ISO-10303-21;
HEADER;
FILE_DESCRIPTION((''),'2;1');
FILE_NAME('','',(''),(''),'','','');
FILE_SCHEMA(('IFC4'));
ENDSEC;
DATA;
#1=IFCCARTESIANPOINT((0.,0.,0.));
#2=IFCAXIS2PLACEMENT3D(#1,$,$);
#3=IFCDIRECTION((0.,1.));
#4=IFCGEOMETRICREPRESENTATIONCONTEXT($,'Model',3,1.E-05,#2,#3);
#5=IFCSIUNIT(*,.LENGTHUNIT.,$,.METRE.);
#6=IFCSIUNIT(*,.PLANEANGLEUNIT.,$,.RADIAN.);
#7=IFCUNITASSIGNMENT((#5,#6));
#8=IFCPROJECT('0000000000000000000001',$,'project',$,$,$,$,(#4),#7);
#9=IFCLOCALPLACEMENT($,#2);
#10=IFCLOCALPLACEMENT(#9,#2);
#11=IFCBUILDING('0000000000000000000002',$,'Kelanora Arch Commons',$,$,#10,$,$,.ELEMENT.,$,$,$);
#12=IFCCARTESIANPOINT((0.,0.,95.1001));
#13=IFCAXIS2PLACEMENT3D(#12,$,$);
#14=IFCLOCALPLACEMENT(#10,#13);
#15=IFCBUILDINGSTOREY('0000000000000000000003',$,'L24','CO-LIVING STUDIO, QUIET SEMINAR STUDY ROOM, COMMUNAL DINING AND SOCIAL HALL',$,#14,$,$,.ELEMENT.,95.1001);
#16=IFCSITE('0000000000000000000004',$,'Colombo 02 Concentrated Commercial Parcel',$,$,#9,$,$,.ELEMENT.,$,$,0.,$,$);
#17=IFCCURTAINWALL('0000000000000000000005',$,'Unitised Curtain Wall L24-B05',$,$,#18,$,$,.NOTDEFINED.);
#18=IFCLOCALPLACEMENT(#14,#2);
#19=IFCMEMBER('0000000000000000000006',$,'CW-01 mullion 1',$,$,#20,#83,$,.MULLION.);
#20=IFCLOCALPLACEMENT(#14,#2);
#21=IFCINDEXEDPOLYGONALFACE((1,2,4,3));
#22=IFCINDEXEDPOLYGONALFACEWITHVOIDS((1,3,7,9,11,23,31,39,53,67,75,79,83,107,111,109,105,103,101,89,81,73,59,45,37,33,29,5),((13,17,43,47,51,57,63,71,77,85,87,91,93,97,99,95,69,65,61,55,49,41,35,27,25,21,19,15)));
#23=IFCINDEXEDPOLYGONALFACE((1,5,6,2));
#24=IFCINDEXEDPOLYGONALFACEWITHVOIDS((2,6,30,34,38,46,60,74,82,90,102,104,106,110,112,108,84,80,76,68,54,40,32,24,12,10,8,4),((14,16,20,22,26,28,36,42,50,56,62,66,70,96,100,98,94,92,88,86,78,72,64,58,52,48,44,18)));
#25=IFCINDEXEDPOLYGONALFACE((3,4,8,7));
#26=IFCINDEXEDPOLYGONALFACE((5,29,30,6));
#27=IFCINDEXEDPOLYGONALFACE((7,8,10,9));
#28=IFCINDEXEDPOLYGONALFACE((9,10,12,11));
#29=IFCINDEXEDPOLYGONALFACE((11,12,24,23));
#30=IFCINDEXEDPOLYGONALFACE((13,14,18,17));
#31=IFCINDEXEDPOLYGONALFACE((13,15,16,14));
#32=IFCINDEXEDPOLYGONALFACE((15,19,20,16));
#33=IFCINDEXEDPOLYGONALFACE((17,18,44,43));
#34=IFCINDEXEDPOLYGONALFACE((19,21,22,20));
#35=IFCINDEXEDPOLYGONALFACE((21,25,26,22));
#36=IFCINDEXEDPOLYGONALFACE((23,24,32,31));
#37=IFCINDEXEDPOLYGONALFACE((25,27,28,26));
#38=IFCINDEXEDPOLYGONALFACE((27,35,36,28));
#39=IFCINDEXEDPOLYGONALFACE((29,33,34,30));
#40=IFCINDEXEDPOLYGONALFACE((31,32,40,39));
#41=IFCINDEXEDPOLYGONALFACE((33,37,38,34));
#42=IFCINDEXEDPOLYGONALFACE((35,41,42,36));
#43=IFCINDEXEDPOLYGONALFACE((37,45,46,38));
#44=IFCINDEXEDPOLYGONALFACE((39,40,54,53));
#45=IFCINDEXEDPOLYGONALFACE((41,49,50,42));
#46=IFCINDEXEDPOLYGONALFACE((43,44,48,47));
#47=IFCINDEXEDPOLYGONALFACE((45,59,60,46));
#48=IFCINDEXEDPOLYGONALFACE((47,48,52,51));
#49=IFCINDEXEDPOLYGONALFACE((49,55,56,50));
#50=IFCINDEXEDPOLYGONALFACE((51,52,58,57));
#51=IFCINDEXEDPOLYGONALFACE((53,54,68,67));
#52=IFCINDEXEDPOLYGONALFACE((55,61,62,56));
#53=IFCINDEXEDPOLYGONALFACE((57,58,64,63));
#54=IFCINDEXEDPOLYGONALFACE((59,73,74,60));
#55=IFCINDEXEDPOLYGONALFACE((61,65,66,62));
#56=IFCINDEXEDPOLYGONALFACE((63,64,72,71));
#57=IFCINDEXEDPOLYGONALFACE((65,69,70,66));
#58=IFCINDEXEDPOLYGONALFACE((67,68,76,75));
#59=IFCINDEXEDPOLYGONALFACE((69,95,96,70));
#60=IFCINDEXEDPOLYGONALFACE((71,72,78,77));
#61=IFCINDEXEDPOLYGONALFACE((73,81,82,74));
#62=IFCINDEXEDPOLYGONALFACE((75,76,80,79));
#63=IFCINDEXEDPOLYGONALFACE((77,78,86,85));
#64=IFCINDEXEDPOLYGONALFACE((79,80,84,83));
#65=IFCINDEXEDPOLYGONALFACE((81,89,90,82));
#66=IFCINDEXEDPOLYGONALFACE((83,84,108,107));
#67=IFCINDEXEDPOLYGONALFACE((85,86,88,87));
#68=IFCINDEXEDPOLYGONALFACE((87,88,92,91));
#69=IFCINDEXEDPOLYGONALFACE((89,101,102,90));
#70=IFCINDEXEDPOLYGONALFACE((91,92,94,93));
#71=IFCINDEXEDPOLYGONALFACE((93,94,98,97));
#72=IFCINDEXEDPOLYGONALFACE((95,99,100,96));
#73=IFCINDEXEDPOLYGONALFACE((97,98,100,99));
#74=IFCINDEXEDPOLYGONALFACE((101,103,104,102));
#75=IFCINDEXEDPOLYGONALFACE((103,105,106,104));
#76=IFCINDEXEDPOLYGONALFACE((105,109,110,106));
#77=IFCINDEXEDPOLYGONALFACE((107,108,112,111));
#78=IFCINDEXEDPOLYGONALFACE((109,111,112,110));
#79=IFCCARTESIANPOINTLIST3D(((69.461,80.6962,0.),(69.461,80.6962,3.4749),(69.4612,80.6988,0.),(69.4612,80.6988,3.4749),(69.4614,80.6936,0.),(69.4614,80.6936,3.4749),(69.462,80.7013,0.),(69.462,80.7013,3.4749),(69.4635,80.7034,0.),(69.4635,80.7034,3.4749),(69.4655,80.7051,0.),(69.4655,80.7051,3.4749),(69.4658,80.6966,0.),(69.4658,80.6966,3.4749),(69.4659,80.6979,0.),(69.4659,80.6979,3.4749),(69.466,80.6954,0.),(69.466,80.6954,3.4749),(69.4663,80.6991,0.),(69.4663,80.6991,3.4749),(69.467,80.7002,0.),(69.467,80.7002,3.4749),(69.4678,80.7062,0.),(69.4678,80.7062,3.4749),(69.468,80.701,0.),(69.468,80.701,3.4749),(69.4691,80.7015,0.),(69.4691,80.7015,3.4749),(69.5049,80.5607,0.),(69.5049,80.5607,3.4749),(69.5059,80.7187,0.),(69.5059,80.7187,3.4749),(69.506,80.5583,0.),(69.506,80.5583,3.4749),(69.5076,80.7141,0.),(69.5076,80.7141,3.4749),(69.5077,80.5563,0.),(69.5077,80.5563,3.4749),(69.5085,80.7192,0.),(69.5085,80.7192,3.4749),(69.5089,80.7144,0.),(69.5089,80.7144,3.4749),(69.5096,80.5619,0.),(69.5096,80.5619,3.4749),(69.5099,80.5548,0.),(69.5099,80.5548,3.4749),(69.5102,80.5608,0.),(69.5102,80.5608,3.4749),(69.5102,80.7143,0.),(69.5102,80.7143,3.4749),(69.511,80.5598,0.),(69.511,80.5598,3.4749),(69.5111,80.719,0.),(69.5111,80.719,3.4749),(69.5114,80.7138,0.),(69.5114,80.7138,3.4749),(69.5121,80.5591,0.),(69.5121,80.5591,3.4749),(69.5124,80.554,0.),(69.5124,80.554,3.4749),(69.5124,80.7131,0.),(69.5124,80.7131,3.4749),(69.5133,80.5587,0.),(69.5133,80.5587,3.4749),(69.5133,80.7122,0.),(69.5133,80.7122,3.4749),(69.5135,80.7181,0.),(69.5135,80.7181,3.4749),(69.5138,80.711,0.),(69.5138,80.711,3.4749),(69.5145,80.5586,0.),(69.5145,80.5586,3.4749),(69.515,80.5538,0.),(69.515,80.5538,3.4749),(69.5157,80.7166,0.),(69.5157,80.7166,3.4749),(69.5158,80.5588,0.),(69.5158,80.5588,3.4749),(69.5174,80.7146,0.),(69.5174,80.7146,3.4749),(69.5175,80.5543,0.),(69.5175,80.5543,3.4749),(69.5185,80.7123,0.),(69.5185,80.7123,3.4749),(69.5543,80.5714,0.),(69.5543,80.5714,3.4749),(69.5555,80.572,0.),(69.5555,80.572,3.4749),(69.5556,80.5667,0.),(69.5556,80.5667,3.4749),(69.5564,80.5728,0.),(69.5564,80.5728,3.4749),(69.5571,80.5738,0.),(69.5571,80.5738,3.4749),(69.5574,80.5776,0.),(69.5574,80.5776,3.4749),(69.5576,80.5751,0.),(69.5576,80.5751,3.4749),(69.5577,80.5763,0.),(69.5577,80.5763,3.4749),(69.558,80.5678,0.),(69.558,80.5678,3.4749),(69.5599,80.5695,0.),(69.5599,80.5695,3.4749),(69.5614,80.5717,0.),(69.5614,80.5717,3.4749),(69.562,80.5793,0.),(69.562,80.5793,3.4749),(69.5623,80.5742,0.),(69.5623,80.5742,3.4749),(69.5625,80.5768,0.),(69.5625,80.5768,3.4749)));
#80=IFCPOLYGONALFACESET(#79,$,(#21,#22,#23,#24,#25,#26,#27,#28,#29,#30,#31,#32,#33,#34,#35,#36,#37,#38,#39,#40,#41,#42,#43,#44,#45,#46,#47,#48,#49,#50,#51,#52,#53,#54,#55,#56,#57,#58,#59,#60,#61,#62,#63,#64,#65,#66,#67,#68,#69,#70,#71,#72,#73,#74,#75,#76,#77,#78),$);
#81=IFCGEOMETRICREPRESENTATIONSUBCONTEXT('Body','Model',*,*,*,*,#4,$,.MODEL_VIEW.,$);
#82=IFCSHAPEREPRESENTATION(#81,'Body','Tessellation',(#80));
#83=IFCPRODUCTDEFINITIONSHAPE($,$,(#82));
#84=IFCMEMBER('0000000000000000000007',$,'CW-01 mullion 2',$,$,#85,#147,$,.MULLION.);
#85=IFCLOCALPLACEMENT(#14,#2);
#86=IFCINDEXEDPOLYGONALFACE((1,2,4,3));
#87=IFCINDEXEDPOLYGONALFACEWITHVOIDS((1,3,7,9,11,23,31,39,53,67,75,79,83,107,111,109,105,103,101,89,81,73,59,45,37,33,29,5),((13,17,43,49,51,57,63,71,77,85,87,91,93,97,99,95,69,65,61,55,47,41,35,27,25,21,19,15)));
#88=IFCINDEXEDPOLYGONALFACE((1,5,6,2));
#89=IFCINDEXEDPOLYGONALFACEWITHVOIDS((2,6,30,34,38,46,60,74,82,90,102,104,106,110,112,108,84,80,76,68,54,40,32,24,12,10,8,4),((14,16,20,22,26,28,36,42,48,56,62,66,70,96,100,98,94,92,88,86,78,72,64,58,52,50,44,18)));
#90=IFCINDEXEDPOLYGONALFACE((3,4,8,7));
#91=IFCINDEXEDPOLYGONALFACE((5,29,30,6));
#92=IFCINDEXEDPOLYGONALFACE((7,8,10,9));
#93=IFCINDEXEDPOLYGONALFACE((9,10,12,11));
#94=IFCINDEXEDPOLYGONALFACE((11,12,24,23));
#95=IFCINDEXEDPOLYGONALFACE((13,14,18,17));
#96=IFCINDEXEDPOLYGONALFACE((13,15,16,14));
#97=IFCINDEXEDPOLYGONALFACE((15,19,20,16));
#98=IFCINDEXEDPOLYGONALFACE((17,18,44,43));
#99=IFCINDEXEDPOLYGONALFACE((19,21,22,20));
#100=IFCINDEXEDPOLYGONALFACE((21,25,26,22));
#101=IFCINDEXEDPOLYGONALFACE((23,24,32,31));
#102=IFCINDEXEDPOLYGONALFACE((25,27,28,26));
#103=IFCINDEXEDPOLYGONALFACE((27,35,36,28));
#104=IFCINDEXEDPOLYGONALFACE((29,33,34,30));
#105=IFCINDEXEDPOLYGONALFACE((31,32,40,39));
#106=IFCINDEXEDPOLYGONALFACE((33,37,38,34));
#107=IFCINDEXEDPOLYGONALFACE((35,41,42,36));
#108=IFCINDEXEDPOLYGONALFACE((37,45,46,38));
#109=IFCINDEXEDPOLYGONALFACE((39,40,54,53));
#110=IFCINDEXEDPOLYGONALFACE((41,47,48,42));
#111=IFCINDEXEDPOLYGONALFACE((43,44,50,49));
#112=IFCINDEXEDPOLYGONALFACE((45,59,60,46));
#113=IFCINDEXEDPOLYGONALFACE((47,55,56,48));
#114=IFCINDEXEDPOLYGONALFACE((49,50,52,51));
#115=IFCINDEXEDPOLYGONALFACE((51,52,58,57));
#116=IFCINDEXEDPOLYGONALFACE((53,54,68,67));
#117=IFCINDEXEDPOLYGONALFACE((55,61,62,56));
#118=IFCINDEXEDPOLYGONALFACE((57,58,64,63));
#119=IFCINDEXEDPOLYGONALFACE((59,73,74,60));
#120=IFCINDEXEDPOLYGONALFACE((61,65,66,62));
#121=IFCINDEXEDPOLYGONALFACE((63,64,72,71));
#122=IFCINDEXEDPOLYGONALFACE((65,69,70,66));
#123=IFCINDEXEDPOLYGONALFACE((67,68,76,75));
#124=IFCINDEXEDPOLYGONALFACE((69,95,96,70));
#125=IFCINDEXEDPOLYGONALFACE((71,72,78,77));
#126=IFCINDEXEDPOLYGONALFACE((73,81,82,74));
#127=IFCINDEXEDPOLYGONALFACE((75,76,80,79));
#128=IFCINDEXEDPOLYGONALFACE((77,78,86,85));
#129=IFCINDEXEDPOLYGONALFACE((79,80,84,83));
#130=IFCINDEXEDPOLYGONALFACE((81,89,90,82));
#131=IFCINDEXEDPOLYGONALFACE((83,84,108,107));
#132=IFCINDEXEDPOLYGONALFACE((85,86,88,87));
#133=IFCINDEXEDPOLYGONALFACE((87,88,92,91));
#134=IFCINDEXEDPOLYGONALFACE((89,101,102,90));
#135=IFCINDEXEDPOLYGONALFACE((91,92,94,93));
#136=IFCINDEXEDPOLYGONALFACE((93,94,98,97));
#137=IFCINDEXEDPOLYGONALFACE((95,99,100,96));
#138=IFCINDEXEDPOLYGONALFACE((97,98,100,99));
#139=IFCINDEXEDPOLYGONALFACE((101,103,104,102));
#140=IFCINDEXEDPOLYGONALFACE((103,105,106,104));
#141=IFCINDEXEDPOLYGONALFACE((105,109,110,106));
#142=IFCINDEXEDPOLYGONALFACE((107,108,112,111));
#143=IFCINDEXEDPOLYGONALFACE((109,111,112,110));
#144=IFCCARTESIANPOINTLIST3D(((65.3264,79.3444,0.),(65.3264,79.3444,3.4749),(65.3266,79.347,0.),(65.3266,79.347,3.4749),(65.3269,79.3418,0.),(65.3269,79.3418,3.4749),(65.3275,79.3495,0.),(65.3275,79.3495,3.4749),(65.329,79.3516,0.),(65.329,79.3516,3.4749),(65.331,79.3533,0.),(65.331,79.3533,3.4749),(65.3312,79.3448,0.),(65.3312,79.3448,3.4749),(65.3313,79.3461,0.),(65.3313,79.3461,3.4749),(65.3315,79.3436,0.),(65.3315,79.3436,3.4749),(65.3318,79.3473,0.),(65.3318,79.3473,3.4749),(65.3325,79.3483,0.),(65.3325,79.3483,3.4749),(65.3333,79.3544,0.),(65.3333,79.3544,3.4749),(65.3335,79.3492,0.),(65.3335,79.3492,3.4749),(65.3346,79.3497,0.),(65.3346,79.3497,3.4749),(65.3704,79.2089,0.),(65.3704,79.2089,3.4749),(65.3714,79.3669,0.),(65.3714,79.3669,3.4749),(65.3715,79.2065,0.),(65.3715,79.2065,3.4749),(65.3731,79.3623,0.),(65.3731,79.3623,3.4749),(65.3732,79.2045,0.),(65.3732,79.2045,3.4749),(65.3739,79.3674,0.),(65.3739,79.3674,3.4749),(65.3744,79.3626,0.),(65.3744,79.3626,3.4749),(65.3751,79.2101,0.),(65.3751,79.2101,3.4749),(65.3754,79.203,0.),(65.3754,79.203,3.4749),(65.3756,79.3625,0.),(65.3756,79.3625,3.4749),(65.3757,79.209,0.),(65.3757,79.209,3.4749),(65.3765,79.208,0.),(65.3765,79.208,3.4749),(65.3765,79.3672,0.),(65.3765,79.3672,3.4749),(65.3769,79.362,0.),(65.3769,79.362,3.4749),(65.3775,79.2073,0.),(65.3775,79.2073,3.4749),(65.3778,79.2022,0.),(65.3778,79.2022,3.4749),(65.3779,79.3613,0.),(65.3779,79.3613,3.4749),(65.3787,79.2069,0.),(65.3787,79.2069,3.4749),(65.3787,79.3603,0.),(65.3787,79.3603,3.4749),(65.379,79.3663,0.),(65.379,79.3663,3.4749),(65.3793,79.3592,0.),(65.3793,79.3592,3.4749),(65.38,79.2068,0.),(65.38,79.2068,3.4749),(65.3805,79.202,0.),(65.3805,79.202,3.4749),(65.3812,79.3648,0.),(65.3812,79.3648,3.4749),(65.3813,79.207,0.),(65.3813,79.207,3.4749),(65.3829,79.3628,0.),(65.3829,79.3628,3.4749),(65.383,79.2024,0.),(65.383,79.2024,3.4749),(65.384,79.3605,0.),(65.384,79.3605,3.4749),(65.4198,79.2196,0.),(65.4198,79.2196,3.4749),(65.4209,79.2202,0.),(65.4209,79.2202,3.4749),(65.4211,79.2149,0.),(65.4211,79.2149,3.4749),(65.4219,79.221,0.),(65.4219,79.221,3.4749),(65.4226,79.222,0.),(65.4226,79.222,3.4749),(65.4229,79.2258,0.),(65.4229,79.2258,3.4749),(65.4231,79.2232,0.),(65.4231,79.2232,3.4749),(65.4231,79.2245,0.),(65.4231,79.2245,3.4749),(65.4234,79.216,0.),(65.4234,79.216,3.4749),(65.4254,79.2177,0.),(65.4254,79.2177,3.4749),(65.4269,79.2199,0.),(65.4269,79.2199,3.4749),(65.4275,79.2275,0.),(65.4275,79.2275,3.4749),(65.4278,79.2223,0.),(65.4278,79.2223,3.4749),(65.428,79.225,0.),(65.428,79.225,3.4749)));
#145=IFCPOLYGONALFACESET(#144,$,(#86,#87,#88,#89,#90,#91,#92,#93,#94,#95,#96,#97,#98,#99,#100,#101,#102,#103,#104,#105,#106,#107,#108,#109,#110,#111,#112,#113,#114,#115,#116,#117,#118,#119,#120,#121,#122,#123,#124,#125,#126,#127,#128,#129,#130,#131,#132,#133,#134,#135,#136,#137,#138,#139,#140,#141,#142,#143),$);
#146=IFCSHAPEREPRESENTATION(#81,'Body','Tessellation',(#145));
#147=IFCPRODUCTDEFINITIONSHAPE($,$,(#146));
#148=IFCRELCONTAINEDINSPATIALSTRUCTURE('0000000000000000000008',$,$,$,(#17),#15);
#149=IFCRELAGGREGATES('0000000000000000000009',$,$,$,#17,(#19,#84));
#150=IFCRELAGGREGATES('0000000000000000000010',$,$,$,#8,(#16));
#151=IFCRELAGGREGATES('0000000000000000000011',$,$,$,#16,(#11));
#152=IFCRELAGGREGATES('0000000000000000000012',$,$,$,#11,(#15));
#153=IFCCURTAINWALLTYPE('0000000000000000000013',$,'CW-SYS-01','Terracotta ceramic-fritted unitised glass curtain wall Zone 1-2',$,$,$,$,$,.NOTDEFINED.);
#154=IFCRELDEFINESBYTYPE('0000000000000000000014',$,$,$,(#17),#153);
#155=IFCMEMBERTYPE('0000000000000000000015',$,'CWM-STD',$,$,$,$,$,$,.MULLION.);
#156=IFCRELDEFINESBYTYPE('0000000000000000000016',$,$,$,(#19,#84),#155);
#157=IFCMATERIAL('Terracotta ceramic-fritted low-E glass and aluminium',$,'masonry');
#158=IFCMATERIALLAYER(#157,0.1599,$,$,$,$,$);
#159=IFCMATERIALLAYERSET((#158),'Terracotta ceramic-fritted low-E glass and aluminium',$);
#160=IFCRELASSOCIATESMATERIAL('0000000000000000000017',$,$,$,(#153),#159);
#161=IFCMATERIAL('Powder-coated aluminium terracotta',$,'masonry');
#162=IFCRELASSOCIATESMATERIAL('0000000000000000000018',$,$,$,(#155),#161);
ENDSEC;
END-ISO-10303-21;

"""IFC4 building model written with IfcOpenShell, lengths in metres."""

from ifc_helpers import new_model, si_unit, direction, frame, origin, origin_2d, place, context, subcontext, project, spatial, hollow_rectangle, extrude, material, layer, layer_set, material_profile, profile_set, type_object, element, aggregate, save


model = new_model("IFC4")

# Units and contexts
model_context = context("Model", 3, precision=1e-05, world=origin(), true_north=direction((0.0, 1.0)))
body_context = subcontext(model_context, "Body", "Model", "MODEL_VIEW")
ifc_project = project(units=[si_unit("LENGTHUNIT", "METRE"), si_unit("PLANEANGLEUNIT", "RADIAN")], contexts=[model_context])

# Site, building, storey
site_placement = place(None, origin())
site = spatial("IfcSite", under=ifc_project, at=site_placement, Name="Colombo 02 Concentrated Commercial Parcel", CompositionType="ELEMENT", RefElevation=0.0)
building_placement = place(site_placement, origin())
building = spatial("IfcBuilding", under=site, at=building_placement, Name="Kelanora Arch Commons", CompositionType="ELEMENT")
storey_placement = place(building_placement, frame((0.0, 0.0, 95.1001)))
storey = spatial("IfcBuildingStorey", under=building, at=storey_placement, Name="L24", Description="CO-LIVING STUDIO, QUIET SEMINAR STUDY ROOM, COMMUNAL DINING AND SOCIAL HALL", CompositionType="ELEMENT", Elevation=95.1001)

# Curtain wall, members
ifc_material_1 = material(Name="Terracotta ceramic-fritted low-E glass and aluminium", Category="masonry")
ifc_layer_1 = layer(ifc_material_1, 0.1599)
ifc_layer_set_1 = layer_set([ifc_layer_1], Name="Terracotta ceramic-fritted low-E glass and aluminium")
curtain_wall_type = type_object("IfcCurtainWallType", Name="CW-SYS-01", Description="Terracotta ceramic-fritted unitised glass curtain wall Zone 1-2", PredefinedType="NOTDEFINED", material=ifc_layer_set_1)
curtain_wall_placement = place(storey_placement, origin())
curtain_wall = element("IfcCurtainWall", 1, at=curtain_wall_placement, inside=storey, type_object=curtain_wall_type, Name="Unitised Curtain Wall L24-B05", PredefinedType="NOTDEFINED")
ifc_material_2 = material(Name="Powder-coated aluminium terracotta", Category="masonry")
ifc_material_profile_1 = material_profile(ifc_material_2, hollow_rectangle(XDim=0.1599, YDim=0.0601, WallThickness=0.0049, InnerFilletRadius=0.0049, OuterFilletRadius=0.01, at=origin_2d()), Name="CWM160x60")
ifc_profile_set_1 = profile_set([ifc_material_profile_1], Name="Powder-coated aluminium terracotta")
member_type_1 = type_object("IfcMemberType", Name="CWM-STD", PredefinedType="MULLION", material=ifc_profile_set_1)
member_1_placement = place(storey_placement, frame((69.5117, 80.6365, 0.0), z_axis=(0.0, 0.0, 1.0), x_axis=(0.310805, -0.950474, 0.0)))
member_1 = element("IfcMember", 2, at=member_1_placement, type_object=member_type_1, Name="CW-01 mullion 1", PredefinedType="MULLION", context=body_context, shape_type="SweptSolid", body=[
    extrude(hollow_rectangle(XDim=0.1599, YDim=0.0601, WallThickness=0.0049, InnerFilletRadius=0.0049, OuterFilletRadius=0.01, at=origin_2d()), origin(), (0.0, 0.0, 1.0), 3.4749),
])
member_2_placement = place(storey_placement, frame((65.3772, 79.2847, 0.0), z_axis=(0.0, 0.0, 1.0), x_axis=(0.310805, -0.950474, 0.0)))
member_2 = element("IfcMember", 3, at=member_2_placement, type_object=member_type_1, Name="CW-01 mullion 2", PredefinedType="MULLION", context=body_context, shape_type="SweptSolid", body=[
    extrude(hollow_rectangle(XDim=0.1599, YDim=0.0601, WallThickness=0.0049, InnerFilletRadius=0.0049, OuterFilletRadius=0.01, at=origin_2d()), origin(), (0.0, 0.0, 1.0), 3.4749),
])
aggregate(curtain_wall, [member_1, member_2])

save(model, "model.ifc")
